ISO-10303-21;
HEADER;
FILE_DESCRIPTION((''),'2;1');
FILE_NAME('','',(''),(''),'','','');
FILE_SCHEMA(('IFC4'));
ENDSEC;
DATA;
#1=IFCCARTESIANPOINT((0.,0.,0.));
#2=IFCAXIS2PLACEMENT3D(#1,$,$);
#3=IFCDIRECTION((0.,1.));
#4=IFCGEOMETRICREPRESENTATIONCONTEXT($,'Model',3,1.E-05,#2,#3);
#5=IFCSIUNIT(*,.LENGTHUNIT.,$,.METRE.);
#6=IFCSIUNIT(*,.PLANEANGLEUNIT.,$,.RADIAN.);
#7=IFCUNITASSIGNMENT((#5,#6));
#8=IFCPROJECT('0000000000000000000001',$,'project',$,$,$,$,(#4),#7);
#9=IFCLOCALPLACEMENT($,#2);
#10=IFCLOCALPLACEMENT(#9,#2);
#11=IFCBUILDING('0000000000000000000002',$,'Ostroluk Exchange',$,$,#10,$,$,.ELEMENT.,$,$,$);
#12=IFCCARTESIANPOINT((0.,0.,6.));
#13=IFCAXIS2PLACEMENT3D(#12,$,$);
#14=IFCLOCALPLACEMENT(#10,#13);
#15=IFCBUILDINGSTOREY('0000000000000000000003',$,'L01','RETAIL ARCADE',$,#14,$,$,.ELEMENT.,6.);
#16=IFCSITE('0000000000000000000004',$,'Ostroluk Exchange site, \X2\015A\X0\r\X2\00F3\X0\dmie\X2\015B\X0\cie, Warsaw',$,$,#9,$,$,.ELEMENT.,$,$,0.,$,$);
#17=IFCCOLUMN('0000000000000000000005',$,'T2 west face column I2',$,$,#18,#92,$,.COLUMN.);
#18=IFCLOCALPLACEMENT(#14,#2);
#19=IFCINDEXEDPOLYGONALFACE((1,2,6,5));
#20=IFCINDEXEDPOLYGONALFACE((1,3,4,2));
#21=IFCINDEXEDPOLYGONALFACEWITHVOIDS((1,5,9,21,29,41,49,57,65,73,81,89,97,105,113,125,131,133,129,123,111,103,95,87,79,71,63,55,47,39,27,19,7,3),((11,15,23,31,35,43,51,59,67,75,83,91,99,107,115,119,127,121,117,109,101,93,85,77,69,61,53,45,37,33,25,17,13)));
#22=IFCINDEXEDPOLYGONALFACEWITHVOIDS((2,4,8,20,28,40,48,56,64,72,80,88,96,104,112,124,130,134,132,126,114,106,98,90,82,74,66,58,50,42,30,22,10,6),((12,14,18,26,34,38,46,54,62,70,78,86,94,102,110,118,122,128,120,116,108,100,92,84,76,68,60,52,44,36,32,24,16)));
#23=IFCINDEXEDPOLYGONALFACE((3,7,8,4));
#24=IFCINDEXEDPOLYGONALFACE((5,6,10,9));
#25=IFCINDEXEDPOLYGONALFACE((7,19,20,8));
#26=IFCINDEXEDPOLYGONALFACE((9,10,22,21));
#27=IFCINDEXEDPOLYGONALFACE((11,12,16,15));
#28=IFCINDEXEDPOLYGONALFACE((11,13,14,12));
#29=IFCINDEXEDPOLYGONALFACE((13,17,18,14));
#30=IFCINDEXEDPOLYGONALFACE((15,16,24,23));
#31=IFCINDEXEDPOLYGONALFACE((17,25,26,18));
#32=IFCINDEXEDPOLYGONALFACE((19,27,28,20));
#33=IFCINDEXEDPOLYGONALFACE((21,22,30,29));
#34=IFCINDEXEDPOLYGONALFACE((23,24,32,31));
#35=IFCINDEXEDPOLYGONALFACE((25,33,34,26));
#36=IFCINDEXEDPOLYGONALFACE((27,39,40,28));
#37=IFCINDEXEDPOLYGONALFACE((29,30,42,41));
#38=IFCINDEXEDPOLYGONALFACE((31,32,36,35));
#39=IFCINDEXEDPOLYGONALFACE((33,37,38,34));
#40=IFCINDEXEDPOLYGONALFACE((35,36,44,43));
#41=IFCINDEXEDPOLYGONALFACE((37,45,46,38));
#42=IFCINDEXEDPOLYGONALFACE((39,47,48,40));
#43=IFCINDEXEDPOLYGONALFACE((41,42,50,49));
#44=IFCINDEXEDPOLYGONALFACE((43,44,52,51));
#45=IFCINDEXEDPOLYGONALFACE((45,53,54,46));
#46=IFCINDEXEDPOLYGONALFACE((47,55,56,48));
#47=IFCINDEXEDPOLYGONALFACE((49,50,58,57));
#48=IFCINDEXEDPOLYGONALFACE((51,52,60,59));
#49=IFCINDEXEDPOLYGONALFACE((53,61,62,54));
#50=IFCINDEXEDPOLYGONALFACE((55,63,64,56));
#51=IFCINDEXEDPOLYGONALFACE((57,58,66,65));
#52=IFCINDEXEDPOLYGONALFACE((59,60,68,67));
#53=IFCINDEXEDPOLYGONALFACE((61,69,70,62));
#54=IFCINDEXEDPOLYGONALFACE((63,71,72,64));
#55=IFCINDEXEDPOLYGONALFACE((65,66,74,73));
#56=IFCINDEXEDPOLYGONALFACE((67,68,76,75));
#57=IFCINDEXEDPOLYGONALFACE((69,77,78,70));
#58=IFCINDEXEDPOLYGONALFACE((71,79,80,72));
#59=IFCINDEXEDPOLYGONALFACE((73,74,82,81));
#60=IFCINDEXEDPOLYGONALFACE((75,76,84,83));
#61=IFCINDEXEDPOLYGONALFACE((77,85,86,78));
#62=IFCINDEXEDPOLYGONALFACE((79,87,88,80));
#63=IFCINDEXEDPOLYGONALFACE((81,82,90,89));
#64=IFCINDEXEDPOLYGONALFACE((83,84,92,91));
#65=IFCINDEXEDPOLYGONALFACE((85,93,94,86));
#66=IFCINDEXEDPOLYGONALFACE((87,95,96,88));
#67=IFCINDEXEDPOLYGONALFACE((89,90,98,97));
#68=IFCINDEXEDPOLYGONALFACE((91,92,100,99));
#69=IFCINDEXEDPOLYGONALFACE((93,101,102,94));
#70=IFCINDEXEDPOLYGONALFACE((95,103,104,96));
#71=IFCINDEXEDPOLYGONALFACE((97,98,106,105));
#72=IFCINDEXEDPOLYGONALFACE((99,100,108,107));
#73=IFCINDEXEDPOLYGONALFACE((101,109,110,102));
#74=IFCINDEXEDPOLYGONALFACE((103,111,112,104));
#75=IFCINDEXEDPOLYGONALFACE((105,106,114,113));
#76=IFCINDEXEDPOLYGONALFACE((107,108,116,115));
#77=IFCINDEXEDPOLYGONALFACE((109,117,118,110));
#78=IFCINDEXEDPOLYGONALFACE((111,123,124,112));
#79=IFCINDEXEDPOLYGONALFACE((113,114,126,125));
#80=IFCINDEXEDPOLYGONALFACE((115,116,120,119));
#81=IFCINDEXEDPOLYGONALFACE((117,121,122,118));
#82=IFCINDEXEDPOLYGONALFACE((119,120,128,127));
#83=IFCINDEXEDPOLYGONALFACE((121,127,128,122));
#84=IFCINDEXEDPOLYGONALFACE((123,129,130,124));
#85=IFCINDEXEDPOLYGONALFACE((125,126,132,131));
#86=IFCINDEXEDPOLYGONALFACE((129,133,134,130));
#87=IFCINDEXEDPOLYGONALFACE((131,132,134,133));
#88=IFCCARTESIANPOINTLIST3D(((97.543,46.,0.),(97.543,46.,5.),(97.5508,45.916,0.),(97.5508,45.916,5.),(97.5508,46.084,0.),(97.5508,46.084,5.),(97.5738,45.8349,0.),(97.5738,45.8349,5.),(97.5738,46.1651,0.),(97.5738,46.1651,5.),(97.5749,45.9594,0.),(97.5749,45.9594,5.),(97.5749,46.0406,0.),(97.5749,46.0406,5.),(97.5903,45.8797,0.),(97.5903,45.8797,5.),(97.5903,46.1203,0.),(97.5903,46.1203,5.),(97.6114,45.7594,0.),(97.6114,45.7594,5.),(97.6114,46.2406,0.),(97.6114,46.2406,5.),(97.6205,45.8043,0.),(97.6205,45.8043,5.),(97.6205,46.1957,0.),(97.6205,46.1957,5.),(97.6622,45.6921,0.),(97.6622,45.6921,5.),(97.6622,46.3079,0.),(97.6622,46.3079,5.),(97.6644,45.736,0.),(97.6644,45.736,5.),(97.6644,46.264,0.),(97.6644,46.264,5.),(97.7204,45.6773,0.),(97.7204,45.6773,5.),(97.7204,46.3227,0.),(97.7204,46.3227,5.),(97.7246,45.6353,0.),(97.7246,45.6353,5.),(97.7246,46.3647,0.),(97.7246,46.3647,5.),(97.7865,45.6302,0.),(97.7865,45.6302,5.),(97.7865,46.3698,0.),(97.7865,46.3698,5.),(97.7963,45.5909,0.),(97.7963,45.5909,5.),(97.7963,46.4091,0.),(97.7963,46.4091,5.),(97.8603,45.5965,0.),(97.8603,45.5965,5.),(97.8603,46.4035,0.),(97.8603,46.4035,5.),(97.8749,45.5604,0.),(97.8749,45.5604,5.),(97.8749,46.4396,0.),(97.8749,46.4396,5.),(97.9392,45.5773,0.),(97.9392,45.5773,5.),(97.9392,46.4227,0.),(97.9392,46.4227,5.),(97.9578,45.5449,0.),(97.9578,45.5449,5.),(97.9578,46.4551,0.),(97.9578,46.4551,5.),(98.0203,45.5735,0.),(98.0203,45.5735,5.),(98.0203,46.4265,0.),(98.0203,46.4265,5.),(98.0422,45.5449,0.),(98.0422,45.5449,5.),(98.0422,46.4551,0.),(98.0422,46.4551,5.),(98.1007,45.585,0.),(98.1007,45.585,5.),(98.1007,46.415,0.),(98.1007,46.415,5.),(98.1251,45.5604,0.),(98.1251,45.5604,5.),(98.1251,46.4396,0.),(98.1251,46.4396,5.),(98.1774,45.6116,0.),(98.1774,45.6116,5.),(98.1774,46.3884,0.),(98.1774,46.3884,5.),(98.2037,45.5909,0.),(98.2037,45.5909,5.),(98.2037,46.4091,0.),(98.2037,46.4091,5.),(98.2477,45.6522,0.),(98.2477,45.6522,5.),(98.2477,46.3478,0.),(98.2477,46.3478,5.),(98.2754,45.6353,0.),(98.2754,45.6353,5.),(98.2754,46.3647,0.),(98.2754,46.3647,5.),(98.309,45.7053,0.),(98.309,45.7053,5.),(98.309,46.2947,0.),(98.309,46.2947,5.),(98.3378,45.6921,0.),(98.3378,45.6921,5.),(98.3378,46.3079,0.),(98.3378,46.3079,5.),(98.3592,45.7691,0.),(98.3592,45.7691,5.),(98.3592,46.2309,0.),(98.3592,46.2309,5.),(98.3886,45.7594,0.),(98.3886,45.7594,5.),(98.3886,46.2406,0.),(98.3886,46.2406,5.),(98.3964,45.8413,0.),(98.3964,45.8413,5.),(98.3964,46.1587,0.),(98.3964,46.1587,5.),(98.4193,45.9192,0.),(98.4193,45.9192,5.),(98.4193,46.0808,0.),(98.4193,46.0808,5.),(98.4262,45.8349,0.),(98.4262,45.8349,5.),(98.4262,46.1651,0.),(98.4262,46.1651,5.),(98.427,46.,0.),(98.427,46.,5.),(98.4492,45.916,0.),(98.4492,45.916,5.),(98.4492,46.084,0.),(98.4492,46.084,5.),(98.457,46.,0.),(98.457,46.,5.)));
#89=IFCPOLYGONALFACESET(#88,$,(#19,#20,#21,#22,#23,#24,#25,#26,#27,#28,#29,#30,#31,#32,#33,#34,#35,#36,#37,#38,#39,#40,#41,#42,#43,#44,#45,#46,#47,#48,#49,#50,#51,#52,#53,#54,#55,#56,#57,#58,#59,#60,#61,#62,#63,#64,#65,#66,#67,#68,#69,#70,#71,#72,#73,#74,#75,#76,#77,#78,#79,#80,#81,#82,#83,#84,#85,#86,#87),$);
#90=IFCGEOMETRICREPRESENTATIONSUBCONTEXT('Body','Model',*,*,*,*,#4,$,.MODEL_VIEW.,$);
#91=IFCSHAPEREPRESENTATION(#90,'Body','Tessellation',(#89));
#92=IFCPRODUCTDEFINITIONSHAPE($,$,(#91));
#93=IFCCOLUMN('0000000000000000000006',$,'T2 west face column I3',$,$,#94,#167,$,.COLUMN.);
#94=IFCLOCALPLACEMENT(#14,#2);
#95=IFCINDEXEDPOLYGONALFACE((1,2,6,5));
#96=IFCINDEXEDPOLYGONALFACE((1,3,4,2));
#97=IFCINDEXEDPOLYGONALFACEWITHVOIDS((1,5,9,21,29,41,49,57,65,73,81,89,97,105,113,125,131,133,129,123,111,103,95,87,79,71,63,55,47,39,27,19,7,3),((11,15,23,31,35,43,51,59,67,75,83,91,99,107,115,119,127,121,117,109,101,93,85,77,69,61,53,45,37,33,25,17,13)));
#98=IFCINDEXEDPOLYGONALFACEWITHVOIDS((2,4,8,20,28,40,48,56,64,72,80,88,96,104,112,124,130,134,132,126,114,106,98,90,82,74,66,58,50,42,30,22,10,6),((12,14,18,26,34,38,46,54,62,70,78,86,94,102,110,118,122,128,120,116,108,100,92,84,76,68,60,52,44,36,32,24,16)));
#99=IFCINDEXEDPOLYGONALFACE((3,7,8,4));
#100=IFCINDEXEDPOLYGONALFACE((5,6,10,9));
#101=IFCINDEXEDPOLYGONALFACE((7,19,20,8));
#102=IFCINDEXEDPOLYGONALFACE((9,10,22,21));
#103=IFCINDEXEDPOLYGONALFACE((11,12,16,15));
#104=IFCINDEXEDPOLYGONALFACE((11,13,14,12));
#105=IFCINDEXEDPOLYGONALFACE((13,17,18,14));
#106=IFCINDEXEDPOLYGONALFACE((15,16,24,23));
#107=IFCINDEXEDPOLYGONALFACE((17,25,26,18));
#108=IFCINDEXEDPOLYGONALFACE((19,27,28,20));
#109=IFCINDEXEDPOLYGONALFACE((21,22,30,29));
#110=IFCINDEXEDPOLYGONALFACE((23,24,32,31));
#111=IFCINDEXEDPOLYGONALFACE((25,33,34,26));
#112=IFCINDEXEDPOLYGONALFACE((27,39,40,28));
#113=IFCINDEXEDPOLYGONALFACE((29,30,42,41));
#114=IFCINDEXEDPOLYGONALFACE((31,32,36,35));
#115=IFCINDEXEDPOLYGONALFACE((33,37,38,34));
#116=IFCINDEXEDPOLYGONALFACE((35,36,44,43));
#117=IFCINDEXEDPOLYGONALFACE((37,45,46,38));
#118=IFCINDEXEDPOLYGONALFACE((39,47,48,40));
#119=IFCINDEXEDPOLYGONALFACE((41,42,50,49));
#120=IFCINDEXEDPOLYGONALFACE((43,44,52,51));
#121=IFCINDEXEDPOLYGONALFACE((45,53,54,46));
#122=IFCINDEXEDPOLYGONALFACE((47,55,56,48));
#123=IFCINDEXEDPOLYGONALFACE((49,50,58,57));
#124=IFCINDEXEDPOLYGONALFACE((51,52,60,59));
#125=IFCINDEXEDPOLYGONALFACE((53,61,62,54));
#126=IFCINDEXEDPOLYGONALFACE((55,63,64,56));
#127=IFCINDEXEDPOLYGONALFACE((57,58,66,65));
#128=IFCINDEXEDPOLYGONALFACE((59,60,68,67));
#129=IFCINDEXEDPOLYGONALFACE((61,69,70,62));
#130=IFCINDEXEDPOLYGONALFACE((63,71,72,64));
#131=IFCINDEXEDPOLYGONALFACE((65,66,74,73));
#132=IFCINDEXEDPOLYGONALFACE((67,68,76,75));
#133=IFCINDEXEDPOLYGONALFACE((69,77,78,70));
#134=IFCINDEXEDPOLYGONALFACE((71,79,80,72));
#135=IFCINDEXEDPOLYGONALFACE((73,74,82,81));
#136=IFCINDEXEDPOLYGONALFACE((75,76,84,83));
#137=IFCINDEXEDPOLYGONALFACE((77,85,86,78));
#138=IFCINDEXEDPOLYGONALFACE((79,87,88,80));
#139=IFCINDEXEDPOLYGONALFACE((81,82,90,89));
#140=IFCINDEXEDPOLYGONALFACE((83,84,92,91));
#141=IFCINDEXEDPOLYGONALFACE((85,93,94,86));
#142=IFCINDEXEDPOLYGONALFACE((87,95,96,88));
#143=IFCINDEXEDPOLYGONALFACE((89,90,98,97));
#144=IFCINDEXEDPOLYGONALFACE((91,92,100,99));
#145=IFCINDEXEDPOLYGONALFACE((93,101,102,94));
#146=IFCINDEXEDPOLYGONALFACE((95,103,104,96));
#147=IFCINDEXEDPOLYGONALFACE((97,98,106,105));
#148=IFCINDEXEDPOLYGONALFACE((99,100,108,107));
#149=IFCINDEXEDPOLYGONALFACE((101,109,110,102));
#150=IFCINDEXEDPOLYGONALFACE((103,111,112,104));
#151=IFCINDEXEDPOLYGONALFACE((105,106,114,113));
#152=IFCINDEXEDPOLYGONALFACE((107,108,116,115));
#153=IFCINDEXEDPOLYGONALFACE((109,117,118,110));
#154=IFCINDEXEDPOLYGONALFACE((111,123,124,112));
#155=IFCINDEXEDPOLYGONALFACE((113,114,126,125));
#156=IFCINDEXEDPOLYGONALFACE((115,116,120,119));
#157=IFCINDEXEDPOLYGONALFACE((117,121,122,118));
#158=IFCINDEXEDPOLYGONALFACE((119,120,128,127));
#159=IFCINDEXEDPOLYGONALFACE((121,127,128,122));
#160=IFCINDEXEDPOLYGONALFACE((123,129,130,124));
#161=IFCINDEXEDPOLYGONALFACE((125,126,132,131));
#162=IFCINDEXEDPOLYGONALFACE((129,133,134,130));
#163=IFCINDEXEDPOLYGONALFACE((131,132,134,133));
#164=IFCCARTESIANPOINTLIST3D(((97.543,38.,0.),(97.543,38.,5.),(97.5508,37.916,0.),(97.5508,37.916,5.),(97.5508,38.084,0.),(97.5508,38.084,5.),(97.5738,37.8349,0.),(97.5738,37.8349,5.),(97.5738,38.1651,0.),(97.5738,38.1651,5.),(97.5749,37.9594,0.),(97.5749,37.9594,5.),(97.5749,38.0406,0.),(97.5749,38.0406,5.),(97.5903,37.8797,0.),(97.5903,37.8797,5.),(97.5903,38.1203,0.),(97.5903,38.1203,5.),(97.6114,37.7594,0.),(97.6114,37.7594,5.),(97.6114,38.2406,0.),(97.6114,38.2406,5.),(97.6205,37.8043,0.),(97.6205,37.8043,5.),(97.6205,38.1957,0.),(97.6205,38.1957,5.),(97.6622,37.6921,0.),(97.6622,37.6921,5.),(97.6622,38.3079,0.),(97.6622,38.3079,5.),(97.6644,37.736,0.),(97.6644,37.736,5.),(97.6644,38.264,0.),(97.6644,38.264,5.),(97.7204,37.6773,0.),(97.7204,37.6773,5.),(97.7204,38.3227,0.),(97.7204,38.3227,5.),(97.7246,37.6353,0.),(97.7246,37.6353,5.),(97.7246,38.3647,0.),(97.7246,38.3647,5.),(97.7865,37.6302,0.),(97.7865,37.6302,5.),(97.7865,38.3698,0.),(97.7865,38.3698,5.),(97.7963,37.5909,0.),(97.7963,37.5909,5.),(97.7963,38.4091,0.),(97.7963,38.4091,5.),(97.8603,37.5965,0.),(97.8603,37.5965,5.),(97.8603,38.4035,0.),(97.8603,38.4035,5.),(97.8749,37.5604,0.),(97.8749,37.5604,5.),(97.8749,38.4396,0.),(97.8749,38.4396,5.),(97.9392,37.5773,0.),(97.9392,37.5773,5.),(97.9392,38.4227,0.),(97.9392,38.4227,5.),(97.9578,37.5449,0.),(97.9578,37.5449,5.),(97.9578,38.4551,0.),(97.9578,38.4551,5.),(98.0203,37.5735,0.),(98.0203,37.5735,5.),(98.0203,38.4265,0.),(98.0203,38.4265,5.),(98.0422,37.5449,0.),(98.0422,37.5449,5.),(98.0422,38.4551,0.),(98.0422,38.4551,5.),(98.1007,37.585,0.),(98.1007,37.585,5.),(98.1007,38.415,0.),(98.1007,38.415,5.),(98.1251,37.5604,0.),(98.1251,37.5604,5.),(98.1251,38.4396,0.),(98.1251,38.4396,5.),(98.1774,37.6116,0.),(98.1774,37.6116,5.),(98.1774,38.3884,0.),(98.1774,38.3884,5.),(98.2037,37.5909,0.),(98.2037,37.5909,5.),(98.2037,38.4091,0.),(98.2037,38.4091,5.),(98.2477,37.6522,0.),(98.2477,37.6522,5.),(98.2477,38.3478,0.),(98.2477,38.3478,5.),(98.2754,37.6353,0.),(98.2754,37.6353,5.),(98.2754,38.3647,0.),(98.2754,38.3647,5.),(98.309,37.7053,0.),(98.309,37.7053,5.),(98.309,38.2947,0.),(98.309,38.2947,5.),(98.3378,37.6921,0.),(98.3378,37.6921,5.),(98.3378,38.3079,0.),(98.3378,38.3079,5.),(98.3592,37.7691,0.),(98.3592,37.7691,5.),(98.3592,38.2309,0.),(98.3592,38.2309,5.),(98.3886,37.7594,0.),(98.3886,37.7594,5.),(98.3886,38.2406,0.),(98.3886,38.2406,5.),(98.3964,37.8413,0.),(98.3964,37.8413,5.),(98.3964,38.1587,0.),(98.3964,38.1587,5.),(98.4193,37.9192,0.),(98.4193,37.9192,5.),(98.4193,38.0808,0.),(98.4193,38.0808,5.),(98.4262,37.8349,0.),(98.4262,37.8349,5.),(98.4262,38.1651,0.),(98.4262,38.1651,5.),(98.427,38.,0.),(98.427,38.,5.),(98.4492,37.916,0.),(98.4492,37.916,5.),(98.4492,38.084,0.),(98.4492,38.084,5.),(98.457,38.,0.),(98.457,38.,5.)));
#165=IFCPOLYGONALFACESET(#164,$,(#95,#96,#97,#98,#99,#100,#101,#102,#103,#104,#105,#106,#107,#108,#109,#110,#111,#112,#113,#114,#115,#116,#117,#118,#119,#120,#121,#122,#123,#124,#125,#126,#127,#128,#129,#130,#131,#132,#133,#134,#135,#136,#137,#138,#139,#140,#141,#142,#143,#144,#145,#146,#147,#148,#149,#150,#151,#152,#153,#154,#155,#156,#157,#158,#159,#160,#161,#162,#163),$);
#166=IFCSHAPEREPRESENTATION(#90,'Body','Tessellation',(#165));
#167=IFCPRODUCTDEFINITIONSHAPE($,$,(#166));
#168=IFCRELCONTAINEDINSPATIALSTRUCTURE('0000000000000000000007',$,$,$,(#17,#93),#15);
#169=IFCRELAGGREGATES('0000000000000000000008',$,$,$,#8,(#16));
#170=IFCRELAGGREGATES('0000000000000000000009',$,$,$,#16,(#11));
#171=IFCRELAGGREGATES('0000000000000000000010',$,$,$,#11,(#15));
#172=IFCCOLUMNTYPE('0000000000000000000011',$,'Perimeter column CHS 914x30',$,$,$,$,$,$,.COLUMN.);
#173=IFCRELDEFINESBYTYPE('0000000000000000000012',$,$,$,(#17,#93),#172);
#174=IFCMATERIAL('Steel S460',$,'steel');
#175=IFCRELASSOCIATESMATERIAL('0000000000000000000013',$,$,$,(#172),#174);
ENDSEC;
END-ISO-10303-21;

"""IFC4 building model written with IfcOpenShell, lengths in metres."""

from ifc_helpers import new_model, si_unit, direction, frame, origin, origin_2d, place, context, subcontext, project, spatial, hollow_circle, extrude, material, material_profile, profile_set, type_object, element, save


model = new_model("IFC4")

# Units and contexts
model_context = context("Model", 3, precision=1e-05, world=origin(), true_north=direction((0.0, 1.0)))
body_context = subcontext(model_context, "Body", "Model", "MODEL_VIEW")
ifc_project = project(units=[si_unit("LENGTHUNIT", "METRE"), si_unit("PLANEANGLEUNIT", "RADIAN")], contexts=[model_context])

# Site, building, storey
site_placement = place(None, origin())
site = spatial("IfcSite", under=ifc_project, at=site_placement, Name="Ostroluk Exchange site, Śródmieście, Warsaw", CompositionType="ELEMENT", RefElevation=0.0)
building_placement = place(site_placement, origin())
building = spatial("IfcBuilding", under=site, at=building_placement, Name="Ostroluk Exchange", CompositionType="ELEMENT")
storey_placement = place(building_placement, frame((0.0, 0.0, 6.0)))
storey = spatial("IfcBuildingStorey", under=building, at=storey_placement, Name="L01", Description="RETAIL ARCADE", CompositionType="ELEMENT", Elevation=6.0)

# Columns
ifc_material_1 = material(Name="Steel S460", Category="steel")
ifc_material_profile_1 = material_profile(ifc_material_1, hollow_circle(Radius=0.457, WallThickness=0.03, at=origin_2d()), Name="CHS 914x30")
ifc_profile_set_1 = profile_set([ifc_material_profile_1], Name="Steel S460")
column_type = type_object("IfcColumnType", Name="Perimeter column CHS 914x30", PredefinedType="COLUMN", material=ifc_profile_set_1)
for number, where, z_axis, x_axis, name in (
    (1, (98.0, 46.0, 0.0), (0.0, 0.0, 1.0), (1.0, 0.0, 0.0), "T2 west face column I2"),
    (2, (98.0, 38.0, 0.0), (0.0, 0.0, 1.0), (1.0, 0.0, 0.0), "T2 west face column I3"),
):
    element("IfcColumn", number, at=place(storey_placement, frame(where, z_axis=z_axis, x_axis=x_axis)), inside=storey, type_object=column_type, Name=name, PredefinedType="COLUMN", context=body_context, shape_type="SweptSolid", body=[
        extrude(hollow_circle(Radius=0.457, WallThickness=0.03, at=origin_2d()), origin(), (0.0, 0.0, 1.0), 5.0),
    ])

save(model, "model.ifc")
